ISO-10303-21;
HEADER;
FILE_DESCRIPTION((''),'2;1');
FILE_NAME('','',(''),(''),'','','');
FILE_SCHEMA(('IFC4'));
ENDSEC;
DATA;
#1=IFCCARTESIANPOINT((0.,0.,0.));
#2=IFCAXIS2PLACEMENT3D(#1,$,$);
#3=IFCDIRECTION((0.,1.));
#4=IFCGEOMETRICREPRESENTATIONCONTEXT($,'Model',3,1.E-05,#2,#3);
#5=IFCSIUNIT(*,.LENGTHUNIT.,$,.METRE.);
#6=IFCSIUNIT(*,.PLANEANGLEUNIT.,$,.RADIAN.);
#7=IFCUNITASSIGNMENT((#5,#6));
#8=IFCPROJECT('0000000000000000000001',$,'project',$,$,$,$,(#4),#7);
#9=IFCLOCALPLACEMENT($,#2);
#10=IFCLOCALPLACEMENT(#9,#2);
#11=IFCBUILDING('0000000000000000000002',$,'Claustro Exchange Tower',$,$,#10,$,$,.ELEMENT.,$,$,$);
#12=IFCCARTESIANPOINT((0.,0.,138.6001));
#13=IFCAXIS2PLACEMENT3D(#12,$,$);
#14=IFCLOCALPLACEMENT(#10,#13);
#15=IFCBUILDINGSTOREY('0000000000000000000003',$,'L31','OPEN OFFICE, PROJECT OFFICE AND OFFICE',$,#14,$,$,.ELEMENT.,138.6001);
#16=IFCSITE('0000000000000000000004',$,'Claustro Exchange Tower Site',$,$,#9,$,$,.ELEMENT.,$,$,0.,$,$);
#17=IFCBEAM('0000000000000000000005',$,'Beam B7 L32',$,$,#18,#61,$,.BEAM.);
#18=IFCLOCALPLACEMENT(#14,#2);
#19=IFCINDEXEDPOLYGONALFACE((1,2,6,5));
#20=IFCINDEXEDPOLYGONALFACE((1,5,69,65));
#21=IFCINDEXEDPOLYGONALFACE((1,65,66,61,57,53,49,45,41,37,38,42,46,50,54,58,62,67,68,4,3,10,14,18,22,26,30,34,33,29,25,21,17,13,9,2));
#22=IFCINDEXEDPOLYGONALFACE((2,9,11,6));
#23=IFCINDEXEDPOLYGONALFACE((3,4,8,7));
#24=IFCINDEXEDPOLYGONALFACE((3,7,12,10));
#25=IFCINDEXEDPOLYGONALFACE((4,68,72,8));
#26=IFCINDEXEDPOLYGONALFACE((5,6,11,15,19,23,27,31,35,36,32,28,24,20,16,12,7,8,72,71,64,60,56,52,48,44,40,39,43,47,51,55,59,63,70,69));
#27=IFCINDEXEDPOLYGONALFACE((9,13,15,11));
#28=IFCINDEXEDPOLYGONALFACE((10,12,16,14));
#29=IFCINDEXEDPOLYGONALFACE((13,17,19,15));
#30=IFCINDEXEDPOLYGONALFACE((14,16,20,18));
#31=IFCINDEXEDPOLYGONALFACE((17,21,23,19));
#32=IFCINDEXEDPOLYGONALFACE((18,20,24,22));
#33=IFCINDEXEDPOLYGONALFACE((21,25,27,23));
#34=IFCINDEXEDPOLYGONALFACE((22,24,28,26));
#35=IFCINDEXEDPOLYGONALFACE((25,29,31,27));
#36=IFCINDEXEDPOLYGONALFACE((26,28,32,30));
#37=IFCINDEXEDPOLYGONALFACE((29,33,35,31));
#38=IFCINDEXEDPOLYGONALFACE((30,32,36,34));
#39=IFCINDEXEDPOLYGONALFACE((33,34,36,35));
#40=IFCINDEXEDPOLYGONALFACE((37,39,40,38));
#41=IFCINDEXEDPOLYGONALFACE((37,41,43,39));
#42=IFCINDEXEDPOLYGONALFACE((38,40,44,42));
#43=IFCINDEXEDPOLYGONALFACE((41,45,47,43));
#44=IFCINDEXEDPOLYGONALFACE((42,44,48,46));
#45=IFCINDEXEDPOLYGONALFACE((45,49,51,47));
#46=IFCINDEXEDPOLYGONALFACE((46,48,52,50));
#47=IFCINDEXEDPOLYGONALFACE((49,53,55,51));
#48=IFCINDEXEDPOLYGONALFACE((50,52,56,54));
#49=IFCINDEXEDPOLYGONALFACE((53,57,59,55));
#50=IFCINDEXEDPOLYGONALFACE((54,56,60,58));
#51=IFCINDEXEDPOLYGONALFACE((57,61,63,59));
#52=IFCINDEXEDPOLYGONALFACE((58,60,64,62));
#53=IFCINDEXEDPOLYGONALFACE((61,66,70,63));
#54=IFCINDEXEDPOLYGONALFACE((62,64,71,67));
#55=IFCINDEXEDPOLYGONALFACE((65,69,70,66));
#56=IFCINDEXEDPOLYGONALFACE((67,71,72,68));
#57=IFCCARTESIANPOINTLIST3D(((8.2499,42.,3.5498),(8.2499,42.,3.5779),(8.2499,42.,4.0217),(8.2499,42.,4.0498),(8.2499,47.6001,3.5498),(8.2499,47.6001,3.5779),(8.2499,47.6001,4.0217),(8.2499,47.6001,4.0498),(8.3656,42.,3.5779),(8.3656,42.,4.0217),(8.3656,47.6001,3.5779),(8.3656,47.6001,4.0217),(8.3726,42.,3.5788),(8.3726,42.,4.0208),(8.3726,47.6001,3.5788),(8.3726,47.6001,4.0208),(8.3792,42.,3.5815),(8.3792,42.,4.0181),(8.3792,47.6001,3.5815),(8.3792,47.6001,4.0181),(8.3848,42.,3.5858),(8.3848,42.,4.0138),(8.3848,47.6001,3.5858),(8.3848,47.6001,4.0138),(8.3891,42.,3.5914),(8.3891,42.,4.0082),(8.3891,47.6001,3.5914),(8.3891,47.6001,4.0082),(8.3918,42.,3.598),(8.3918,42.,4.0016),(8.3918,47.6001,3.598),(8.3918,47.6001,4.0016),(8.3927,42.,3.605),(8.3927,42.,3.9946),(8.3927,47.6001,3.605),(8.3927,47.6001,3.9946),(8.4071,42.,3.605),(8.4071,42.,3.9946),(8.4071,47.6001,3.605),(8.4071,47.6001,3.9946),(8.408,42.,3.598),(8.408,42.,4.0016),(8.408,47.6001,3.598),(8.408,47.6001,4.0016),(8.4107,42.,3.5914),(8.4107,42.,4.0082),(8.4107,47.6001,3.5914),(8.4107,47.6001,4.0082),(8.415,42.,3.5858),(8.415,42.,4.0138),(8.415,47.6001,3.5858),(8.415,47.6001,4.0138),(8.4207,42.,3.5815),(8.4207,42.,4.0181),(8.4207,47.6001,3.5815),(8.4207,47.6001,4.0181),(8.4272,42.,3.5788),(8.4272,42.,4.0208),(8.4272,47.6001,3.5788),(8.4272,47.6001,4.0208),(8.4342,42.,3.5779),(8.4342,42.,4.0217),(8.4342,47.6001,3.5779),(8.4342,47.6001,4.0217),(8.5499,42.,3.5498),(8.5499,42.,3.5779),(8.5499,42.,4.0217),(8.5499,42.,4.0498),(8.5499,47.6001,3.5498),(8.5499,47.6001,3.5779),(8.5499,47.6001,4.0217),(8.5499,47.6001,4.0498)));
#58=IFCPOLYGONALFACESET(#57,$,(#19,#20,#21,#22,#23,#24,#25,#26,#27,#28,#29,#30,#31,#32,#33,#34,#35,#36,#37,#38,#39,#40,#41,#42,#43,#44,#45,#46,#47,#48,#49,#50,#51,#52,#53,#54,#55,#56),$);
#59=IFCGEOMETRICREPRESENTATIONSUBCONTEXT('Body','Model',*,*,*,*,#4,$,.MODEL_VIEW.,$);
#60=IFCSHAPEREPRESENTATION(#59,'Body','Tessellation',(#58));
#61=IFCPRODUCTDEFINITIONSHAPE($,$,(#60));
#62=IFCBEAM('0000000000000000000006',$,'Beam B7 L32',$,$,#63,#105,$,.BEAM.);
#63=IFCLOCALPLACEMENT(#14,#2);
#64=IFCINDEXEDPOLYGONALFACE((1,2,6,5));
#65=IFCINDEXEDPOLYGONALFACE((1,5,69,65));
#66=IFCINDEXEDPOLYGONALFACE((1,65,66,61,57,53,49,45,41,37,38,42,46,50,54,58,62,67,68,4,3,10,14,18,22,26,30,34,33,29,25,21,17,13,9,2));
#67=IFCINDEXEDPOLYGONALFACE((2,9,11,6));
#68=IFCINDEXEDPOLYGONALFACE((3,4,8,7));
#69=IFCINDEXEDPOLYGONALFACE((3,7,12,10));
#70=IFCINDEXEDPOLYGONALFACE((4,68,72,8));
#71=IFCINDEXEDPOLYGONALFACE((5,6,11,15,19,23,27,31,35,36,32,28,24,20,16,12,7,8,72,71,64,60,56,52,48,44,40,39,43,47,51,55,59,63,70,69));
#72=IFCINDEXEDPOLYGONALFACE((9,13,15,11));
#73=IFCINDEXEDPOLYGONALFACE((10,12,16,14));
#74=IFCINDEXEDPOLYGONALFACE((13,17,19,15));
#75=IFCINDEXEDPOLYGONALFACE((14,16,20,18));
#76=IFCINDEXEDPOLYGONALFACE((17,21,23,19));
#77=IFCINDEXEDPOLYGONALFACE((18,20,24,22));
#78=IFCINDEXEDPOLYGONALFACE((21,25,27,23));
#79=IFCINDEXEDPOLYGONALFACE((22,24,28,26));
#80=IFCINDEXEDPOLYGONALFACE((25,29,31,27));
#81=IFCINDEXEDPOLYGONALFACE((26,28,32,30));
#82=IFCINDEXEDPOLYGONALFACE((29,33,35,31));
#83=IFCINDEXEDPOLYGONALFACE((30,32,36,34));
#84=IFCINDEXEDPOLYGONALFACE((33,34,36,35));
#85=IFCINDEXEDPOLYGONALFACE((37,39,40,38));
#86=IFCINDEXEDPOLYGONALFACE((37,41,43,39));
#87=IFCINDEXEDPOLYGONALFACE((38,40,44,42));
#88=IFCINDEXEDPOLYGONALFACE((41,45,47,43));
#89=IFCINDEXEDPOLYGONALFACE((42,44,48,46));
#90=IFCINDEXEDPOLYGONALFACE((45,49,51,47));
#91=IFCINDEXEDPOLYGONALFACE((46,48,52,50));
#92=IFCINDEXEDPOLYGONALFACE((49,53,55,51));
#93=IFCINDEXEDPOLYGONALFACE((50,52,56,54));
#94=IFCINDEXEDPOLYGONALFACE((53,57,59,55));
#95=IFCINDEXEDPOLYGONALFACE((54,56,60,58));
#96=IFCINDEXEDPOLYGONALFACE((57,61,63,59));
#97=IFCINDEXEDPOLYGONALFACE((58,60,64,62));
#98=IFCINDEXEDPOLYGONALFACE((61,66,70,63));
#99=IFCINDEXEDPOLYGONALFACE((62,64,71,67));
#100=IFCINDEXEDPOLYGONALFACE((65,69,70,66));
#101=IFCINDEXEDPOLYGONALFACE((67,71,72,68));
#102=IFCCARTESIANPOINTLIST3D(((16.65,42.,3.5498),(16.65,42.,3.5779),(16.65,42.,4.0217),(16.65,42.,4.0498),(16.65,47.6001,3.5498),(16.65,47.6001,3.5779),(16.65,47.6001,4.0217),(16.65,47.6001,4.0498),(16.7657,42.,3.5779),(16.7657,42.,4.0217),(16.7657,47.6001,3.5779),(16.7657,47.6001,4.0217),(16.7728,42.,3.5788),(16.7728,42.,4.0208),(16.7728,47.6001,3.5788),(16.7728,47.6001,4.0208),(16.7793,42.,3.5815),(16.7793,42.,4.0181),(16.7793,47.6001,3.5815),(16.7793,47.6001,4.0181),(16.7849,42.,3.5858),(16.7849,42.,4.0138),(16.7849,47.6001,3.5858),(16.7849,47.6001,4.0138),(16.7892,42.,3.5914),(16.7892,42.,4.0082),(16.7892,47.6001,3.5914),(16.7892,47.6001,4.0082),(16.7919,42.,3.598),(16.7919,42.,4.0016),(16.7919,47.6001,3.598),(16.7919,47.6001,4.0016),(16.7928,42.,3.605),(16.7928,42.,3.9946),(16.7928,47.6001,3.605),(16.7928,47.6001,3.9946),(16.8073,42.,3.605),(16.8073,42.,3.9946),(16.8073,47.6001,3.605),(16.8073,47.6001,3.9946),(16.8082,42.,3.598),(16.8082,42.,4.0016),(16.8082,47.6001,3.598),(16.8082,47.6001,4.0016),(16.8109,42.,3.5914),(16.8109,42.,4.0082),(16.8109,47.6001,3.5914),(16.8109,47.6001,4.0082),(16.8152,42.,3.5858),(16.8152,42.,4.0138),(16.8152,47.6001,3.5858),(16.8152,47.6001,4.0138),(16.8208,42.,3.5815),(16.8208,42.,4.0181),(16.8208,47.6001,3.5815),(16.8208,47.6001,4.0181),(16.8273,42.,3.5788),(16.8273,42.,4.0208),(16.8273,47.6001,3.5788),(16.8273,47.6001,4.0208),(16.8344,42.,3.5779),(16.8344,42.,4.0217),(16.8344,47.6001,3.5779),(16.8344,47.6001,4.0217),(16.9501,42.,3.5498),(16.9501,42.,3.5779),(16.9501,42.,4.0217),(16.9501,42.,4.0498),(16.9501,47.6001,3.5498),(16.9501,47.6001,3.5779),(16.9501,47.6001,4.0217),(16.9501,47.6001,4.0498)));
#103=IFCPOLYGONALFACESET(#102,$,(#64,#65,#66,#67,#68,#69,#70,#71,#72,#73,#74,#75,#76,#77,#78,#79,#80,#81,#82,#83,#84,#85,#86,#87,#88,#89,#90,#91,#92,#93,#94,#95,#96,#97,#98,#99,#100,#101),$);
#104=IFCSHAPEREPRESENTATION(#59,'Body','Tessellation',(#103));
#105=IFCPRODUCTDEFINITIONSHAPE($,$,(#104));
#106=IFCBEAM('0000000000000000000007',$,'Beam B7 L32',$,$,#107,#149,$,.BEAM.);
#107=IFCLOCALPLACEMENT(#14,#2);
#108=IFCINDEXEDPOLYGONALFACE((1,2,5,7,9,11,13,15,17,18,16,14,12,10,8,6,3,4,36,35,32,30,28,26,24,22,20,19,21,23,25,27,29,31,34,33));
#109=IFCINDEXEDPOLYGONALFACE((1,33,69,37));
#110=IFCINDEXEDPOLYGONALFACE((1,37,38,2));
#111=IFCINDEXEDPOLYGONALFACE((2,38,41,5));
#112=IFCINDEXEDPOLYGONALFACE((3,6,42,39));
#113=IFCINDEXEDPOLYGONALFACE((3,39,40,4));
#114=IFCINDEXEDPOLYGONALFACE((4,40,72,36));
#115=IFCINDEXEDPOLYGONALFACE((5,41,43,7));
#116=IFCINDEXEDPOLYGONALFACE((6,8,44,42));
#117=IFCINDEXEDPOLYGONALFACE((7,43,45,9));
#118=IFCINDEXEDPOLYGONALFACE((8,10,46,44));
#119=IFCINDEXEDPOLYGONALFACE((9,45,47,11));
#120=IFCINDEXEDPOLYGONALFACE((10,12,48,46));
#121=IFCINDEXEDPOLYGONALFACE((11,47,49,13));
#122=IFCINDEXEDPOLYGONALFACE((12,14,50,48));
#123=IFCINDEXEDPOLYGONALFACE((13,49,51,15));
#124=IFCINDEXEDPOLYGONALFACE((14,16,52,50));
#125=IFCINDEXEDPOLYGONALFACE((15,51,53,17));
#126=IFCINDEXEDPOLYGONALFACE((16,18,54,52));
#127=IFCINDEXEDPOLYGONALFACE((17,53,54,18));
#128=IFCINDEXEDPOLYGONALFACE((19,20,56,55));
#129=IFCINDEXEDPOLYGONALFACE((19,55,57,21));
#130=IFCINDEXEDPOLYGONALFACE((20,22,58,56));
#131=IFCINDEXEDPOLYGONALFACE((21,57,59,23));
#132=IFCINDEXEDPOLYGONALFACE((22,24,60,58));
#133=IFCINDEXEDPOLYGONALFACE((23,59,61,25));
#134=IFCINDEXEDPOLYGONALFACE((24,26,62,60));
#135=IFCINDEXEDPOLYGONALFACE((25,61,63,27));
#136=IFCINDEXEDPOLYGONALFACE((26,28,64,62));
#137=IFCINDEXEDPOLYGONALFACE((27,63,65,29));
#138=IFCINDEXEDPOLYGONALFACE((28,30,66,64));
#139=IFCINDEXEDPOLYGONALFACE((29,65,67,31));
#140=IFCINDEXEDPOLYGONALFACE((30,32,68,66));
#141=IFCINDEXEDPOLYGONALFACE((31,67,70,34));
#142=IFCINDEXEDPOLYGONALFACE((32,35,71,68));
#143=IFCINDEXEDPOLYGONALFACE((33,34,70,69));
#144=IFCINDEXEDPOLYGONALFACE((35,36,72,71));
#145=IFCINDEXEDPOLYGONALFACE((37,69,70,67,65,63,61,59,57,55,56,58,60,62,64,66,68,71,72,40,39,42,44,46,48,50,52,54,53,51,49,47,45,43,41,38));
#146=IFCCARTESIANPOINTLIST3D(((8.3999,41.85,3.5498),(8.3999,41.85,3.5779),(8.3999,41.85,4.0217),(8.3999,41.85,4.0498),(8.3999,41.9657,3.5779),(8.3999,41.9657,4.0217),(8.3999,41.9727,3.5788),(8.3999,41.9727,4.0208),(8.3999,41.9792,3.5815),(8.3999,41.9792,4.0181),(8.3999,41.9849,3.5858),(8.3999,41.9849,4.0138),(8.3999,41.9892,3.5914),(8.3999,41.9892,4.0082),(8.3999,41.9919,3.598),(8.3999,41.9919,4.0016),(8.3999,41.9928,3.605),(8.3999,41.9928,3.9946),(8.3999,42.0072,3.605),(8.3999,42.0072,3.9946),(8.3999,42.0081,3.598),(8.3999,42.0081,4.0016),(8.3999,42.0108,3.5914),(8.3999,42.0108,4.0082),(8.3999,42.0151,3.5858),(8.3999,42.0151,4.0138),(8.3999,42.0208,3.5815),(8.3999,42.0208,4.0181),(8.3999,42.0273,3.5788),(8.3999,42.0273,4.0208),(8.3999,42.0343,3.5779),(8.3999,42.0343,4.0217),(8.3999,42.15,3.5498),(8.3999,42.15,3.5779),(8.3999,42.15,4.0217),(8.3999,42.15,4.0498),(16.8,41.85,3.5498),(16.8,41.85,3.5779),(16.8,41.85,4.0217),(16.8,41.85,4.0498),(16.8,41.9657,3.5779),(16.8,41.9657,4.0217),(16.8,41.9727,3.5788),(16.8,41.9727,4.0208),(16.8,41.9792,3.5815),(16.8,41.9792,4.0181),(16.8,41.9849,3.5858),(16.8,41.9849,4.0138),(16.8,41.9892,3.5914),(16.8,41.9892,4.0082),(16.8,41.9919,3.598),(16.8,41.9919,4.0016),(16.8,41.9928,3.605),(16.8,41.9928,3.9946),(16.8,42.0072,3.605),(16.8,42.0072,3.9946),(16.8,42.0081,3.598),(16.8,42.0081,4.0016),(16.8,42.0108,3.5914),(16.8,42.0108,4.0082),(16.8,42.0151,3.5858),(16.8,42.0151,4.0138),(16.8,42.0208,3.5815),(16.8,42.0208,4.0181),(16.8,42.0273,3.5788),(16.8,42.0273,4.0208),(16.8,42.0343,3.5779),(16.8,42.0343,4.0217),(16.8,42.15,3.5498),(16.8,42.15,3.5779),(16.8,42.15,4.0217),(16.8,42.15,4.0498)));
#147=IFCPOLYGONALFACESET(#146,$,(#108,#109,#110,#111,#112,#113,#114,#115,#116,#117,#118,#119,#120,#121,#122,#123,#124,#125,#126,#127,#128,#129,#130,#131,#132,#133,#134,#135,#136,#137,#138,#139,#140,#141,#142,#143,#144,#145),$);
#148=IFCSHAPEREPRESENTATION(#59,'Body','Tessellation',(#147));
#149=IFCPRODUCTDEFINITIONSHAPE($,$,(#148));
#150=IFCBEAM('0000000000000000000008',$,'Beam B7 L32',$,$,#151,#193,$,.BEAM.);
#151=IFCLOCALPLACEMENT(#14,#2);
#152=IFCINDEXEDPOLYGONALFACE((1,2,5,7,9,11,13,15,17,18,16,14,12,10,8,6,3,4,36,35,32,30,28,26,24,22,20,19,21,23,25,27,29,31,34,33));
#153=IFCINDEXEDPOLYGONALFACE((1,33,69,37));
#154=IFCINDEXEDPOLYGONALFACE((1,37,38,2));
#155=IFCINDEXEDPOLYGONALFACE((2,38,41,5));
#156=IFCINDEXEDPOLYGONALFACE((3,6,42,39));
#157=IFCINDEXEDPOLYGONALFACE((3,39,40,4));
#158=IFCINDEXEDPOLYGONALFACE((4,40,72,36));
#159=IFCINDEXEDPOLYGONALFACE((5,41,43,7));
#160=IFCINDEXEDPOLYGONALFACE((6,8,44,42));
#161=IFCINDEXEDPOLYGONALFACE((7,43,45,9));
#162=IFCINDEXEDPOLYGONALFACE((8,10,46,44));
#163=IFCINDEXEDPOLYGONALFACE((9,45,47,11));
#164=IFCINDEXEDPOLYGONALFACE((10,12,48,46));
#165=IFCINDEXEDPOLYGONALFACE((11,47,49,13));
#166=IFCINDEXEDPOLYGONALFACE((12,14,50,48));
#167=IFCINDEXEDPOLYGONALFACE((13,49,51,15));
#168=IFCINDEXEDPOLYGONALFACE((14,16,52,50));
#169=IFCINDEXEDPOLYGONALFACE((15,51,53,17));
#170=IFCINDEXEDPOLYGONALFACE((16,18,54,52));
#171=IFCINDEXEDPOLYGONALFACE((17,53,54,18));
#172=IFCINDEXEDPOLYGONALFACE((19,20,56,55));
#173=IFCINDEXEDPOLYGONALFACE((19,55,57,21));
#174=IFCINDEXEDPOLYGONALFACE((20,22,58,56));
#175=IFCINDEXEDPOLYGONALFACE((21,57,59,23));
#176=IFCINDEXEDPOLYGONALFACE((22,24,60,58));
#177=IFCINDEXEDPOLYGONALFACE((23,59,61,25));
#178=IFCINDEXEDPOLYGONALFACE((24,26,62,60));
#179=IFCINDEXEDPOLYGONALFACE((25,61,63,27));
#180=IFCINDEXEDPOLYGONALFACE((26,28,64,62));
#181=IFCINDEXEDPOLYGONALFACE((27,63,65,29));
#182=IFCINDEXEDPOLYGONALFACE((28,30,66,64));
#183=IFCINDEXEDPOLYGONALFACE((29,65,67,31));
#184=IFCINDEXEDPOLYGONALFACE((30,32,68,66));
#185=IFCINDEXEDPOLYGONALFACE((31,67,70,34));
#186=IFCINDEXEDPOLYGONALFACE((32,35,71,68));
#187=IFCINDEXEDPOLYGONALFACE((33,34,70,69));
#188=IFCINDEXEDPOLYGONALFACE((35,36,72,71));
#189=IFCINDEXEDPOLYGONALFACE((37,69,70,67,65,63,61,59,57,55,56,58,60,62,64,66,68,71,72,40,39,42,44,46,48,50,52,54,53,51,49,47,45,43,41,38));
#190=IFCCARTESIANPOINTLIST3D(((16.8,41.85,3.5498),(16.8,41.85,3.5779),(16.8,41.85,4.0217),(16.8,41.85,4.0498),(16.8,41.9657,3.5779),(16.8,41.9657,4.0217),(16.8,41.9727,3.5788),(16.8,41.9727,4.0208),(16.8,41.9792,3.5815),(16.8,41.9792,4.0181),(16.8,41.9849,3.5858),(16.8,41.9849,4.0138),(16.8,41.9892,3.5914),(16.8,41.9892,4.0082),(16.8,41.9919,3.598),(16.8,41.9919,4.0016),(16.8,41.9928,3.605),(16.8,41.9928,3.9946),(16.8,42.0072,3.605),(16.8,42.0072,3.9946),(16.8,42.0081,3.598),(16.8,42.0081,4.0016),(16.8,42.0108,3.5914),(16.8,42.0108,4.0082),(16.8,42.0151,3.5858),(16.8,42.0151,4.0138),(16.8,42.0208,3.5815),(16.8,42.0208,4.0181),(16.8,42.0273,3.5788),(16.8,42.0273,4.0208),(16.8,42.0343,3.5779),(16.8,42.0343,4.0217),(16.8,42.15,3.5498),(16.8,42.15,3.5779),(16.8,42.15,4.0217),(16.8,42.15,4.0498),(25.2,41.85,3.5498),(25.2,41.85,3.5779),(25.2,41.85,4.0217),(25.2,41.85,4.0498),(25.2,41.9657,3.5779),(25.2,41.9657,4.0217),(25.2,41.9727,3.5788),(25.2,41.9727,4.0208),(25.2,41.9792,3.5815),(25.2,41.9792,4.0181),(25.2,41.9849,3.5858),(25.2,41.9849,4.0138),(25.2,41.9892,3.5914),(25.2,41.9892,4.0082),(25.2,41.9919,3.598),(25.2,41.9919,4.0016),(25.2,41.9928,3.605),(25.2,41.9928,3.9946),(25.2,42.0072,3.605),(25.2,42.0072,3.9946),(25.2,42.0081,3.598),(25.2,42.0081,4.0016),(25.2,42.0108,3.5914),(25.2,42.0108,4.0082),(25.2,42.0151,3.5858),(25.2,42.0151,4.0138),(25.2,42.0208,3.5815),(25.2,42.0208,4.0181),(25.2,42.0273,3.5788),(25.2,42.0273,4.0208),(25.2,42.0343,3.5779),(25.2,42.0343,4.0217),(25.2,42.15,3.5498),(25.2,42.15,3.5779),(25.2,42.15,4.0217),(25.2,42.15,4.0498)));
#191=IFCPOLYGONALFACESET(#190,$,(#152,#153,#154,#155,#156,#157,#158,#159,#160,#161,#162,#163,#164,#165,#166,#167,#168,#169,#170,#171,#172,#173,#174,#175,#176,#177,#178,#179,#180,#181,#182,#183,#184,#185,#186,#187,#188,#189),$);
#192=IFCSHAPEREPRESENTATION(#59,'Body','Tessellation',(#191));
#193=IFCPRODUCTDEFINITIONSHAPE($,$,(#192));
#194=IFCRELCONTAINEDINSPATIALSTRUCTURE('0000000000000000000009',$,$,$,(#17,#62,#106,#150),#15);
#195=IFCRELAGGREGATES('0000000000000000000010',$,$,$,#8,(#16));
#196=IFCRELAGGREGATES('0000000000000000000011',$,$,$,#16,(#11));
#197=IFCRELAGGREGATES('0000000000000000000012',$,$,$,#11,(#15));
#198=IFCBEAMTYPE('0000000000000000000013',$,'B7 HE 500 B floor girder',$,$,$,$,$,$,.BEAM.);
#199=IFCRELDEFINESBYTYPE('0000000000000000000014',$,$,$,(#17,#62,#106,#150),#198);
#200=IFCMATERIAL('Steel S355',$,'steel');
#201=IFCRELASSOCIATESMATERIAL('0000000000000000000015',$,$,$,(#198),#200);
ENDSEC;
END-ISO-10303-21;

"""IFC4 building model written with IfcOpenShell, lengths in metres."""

from ifc_helpers import new_model, si_unit, direction, frame, origin, origin_2d, place, context, subcontext, project, spatial, i_section, extrude, material, material_profile, profile_set, type_object, element, save


model = new_model("IFC4")

# Units and contexts
model_context = context("Model", 3, precision=1e-05, world=origin(), true_north=direction((0.0, 1.0)))
body_context = subcontext(model_context, "Body", "Model", "MODEL_VIEW")
ifc_project = project(units=[si_unit("LENGTHUNIT", "METRE"), si_unit("PLANEANGLEUNIT", "RADIAN")], contexts=[model_context])

# Site, building, storey
site_placement = place(None, origin())
site = spatial("IfcSite", under=ifc_project, at=site_placement, Name="Claustro Exchange Tower Site", CompositionType="ELEMENT", RefElevation=0.0)
building_placement = place(site_placement, origin())
building = spatial("IfcBuilding", under=site, at=building_placement, Name="Claustro Exchange Tower", CompositionType="ELEMENT")
storey_placement = place(building_placement, frame((0.0, 0.0, 138.6001)))
storey = spatial("IfcBuildingStorey", under=building, at=storey_placement, Name="L31", Description="OPEN OFFICE, PROJECT OFFICE AND OFFICE", CompositionType="ELEMENT", Elevation=138.6001)

# Beams
ifc_material_1 = material(Name="Steel S355", Category="steel")
ifc_material_profile_1 = material_profile(ifc_material_1, i_section(OverallWidth=0.3, OverallDepth=0.5, WebThickness=0.0144, FlangeThickness=0.0281, FilletRadius=0.0271, at=origin_2d()), Name="HE 500 B")
ifc_profile_set_1 = profile_set([ifc_material_profile_1], Name="Steel S355")
beam_type_1 = type_object("IfcBeamType", Name="B7 HE 500 B floor girder", PredefinedType="BEAM", material=ifc_profile_set_1)
for number, where, z_axis, x_axis, name in (
    (1, (8.3999, 42.0, 3.7998), (0.0, 1.0, 0.0), (-1.0, 0.0, 0.0), "Beam B7 L32"),
    (2, (16.8, 42.0, 3.7998), (0.0, 1.0, 0.0), (-1.0, 0.0, 0.0), "Beam B7 L32"),
):
    element("IfcBeam", number, at=place(storey_placement, frame(where, z_axis=z_axis, x_axis=x_axis)), inside=storey, type_object=beam_type_1, Name=name, PredefinedType="BEAM", context=body_context, shape_type="SweptSolid", body=[
        extrude(i_section(OverallWidth=0.3, OverallDepth=0.5, WebThickness=0.0144, FlangeThickness=0.0281, FilletRadius=0.0271, at=origin_2d()), origin(), (0.0, 0.0, 1.0), 5.6001),
    ])
beam_1_placement = place(storey_placement, frame((8.3999, 42.0, 3.7998), z_axis=(1.0, 0.0, 0.0), x_axis=(0.0, 1.0, 0.0)))
element("IfcBeam", 3, at=beam_1_placement, inside=storey, type_object=beam_type_1, Name="Beam B7 L32", PredefinedType="BEAM", context=body_context, shape_type="SweptSolid", body=[
    extrude(i_section(OverallWidth=0.3, OverallDepth=0.5, WebThickness=0.0144, FlangeThickness=0.0281, FilletRadius=0.0271, at=origin_2d()), origin(), (0.0, 0.0, 1.0), 8.4001),
])
beam_2_placement = place(storey_placement, frame((16.8, 42.0, 3.7998), z_axis=(1.0, 0.0, 0.0), x_axis=(0.0, 1.0, 0.0)))
element("IfcBeam", 4, at=beam_2_placement, inside=storey, type_object=beam_type_1, Name="Beam B7 L32", PredefinedType="BEAM", context=body_context, shape_type="SweptSolid", body=[
    extrude(i_section(OverallWidth=0.3, OverallDepth=0.5, WebThickness=0.0144, FlangeThickness=0.0281, FilletRadius=0.0271, at=origin_2d()), origin(), (0.0, 0.0, 1.0), 8.3999),
])

save(model, "model.ifc")
